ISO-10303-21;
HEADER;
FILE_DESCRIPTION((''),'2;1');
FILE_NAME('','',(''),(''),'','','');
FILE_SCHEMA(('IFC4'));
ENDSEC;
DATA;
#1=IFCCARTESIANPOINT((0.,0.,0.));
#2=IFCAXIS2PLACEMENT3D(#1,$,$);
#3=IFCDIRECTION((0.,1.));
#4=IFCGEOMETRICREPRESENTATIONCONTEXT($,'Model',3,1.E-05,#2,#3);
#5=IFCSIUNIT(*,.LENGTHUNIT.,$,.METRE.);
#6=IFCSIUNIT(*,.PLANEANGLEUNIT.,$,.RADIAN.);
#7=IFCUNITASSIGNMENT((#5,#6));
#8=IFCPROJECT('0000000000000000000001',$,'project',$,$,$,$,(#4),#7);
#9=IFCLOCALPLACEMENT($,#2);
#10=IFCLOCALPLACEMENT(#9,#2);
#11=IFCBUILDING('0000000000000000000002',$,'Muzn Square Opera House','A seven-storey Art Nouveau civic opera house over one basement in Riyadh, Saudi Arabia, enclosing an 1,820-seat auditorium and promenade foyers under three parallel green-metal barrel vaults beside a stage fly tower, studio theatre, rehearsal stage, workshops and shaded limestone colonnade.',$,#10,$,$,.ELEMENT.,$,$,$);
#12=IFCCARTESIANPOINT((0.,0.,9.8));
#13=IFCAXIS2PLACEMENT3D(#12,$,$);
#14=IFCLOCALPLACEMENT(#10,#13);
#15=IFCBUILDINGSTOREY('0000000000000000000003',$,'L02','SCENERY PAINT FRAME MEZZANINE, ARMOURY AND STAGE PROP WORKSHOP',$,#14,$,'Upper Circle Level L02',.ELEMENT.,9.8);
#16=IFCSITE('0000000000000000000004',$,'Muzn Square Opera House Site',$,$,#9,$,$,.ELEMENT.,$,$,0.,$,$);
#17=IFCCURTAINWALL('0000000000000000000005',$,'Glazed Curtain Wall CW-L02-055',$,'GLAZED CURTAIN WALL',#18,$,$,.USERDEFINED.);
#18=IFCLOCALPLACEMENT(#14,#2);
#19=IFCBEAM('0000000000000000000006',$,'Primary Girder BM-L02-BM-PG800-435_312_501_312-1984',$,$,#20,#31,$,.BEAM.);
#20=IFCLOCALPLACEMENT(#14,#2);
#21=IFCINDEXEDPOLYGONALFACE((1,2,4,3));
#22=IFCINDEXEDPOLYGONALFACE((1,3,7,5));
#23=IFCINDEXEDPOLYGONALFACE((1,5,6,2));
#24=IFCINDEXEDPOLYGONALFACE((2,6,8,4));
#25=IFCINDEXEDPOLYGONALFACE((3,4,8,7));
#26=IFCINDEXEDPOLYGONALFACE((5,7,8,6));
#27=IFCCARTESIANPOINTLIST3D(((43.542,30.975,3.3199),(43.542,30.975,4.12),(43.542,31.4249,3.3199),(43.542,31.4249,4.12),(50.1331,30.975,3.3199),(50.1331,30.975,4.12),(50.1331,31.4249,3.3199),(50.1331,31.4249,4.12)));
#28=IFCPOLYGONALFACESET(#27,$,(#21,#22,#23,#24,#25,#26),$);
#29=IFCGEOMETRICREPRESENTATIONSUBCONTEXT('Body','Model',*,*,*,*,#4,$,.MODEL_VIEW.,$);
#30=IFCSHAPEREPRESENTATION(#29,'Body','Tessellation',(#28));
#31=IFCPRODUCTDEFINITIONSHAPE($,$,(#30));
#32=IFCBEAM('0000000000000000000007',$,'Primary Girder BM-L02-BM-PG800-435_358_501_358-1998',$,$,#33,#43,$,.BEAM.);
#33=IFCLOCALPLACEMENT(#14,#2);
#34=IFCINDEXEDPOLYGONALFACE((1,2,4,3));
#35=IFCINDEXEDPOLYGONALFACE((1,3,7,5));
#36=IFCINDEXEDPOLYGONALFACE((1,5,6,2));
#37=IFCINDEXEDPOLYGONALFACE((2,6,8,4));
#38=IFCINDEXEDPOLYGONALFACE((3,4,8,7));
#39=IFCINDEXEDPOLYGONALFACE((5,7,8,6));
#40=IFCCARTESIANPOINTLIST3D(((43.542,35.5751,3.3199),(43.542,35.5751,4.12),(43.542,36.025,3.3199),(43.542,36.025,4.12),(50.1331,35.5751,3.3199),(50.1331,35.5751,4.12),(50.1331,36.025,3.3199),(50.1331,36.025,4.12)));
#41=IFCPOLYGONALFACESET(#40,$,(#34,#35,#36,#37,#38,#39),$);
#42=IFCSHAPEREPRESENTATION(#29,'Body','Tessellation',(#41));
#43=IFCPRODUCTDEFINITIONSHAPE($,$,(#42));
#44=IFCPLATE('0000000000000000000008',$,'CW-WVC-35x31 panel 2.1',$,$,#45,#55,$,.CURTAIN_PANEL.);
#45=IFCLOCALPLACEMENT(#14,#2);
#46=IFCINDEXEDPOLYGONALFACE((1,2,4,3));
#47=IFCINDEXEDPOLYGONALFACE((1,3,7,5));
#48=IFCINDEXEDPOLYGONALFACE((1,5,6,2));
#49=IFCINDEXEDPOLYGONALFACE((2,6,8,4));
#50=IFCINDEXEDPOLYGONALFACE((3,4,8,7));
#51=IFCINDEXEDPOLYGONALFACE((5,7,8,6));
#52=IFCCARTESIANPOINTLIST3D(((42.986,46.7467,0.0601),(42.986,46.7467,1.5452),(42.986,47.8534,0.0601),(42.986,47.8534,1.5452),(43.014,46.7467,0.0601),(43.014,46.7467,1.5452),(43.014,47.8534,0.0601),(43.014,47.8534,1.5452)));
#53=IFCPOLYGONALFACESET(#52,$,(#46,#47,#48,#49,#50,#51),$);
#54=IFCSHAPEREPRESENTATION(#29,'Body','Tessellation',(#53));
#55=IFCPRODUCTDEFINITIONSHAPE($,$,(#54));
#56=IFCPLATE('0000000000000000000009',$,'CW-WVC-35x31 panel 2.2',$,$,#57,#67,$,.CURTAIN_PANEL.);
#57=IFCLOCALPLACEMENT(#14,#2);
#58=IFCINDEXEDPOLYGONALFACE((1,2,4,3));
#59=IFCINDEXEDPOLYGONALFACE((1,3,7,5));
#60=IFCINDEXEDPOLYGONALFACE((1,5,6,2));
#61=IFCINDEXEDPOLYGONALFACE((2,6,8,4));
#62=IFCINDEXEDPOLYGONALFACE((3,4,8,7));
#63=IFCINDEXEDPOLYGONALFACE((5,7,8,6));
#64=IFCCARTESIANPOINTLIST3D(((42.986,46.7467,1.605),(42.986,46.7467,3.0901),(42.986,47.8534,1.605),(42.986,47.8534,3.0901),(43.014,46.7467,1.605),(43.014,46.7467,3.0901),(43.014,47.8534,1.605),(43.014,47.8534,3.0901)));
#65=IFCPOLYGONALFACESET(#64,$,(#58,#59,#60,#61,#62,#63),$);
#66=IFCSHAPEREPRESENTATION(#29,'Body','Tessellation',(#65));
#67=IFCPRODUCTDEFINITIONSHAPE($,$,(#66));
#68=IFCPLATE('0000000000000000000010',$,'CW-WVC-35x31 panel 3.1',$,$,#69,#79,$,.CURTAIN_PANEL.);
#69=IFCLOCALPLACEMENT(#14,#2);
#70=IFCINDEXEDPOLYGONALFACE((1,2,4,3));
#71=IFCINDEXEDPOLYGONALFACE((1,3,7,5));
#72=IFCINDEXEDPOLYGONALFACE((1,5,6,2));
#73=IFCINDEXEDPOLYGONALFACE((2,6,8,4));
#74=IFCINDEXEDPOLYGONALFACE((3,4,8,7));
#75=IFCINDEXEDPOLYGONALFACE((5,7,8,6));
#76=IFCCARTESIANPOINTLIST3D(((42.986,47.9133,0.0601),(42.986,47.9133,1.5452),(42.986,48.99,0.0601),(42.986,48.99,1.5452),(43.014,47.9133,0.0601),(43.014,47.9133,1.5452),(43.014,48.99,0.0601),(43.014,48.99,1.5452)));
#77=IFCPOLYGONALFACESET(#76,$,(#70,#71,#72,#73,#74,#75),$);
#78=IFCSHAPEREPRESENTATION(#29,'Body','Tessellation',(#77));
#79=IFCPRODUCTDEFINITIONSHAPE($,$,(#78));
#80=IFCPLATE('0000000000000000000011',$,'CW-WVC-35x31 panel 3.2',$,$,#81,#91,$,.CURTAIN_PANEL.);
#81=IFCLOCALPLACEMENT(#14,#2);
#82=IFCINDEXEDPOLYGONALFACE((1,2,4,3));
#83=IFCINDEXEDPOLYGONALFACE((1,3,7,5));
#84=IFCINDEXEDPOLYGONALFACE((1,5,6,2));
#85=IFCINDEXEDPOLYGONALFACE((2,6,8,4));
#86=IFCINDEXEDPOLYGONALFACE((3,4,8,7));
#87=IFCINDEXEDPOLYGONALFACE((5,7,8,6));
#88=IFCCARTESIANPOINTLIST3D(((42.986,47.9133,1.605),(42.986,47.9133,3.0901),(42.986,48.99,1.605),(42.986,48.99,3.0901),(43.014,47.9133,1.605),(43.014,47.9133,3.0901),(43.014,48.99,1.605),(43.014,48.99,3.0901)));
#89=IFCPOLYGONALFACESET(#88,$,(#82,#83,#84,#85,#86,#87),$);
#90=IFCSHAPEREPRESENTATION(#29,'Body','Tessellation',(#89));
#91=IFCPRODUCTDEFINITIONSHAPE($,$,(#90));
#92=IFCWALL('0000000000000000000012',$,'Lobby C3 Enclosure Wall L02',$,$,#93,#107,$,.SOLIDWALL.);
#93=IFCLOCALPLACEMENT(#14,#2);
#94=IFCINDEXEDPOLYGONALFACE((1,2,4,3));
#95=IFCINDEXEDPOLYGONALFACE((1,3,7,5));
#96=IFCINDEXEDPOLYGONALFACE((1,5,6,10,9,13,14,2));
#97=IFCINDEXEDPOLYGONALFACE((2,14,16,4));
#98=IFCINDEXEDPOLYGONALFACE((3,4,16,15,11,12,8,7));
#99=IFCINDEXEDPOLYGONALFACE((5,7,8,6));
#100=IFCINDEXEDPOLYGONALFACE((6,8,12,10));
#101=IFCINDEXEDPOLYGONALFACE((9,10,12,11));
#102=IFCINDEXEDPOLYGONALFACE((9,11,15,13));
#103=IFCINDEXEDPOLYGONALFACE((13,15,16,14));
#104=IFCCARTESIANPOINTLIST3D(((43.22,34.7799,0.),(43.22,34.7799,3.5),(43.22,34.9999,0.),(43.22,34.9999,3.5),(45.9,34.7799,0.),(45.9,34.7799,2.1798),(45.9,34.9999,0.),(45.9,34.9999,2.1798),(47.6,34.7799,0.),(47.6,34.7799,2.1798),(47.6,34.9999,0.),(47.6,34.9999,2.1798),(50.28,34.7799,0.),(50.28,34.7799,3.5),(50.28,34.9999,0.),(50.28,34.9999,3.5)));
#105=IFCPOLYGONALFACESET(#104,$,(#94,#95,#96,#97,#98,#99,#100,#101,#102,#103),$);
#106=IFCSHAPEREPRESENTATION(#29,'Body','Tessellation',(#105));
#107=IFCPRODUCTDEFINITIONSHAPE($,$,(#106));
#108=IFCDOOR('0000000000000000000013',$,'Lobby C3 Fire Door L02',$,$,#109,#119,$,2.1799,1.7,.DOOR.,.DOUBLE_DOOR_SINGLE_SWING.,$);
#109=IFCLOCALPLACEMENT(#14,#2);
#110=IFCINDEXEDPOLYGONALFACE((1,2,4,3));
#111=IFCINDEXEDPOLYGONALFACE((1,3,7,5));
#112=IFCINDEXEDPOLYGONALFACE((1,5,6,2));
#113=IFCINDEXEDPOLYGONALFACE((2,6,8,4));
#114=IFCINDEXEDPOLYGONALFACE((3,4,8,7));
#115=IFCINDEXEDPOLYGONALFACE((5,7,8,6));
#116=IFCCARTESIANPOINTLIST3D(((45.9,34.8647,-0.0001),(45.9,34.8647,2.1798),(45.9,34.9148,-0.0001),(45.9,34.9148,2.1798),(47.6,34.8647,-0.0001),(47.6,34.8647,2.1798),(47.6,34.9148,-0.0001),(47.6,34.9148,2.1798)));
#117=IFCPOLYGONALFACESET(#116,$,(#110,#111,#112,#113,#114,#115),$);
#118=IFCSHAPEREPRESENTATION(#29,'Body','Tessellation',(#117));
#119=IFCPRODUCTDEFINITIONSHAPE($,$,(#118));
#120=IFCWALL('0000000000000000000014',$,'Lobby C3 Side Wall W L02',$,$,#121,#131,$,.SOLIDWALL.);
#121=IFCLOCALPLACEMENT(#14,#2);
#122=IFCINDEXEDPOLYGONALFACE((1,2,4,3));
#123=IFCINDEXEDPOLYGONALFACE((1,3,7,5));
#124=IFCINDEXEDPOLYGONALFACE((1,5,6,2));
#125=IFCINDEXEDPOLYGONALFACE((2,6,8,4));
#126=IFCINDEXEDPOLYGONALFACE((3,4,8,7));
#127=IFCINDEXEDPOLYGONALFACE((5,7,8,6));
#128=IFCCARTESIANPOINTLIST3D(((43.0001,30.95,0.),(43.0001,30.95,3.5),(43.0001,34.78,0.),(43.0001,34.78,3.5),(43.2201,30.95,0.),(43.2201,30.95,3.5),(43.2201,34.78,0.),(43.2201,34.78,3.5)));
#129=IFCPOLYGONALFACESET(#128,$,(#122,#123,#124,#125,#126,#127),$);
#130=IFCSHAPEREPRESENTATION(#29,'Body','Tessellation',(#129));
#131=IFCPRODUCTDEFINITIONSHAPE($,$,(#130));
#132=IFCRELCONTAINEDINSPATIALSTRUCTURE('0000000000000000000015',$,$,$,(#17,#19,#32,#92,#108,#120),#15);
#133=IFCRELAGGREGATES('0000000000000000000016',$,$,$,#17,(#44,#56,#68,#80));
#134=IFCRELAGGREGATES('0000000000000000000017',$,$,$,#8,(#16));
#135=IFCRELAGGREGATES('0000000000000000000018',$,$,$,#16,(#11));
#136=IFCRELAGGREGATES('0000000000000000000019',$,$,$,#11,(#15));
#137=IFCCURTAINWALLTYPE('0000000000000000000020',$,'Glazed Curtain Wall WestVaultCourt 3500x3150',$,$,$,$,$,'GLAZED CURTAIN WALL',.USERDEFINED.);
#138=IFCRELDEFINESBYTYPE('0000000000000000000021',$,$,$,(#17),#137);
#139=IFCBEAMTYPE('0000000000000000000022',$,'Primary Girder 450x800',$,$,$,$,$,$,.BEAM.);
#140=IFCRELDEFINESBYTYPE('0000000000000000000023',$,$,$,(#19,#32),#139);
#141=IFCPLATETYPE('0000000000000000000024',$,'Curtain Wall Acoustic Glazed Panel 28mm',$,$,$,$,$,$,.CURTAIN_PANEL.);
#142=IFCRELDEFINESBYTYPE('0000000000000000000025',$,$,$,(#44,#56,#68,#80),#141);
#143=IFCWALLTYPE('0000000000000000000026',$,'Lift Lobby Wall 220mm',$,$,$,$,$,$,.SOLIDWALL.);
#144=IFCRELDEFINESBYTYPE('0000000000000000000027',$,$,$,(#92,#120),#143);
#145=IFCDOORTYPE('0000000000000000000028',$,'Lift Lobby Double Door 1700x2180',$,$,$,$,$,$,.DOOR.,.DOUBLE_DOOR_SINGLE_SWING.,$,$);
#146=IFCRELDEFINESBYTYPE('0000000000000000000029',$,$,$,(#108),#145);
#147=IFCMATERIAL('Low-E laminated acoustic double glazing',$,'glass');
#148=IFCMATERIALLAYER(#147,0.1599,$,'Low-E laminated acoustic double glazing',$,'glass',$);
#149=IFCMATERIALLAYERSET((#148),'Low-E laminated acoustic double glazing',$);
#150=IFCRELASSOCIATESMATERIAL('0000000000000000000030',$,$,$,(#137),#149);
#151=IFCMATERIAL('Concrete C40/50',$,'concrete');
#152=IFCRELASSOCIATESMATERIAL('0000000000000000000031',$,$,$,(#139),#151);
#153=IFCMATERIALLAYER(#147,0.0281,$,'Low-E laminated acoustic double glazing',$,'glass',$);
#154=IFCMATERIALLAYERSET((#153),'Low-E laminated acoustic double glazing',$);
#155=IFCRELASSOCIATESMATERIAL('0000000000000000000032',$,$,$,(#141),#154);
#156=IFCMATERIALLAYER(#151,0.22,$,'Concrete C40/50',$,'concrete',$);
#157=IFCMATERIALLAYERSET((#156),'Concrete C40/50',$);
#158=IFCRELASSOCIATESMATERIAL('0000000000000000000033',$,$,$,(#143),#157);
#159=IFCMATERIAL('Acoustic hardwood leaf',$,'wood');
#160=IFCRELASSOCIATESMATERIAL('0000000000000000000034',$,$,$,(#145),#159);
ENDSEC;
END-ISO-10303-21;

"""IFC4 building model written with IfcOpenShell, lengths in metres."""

from ifc_helpers import new_model, si_unit, direction, frame, frame_2d, origin, origin_2d, place, context, subcontext, project, spatial, rectangle, extrude, material, layer, layer_set, material_profile, profile_set, type_object, element, fill, aggregate, save


model = new_model("IFC4")

# Units and contexts
model_context = context("Model", 3, precision=1e-05, world=origin(), true_north=direction((0.0, 1.0)))
body_context = subcontext(model_context, "Body", "Model", "MODEL_VIEW")
ifc_project = project(units=[si_unit("LENGTHUNIT", "METRE"), si_unit("PLANEANGLEUNIT", "RADIAN")], contexts=[model_context])

# Site, building, storey
site_placement = place(None, origin())
site = spatial("IfcSite", under=ifc_project, at=site_placement, Name="Muzn Square Opera House Site", CompositionType="ELEMENT", RefElevation=0.0)
building_placement = place(site_placement, origin())
building = spatial("IfcBuilding", under=site, at=building_placement, Name="Muzn Square Opera House", Description="A seven-storey Art Nouveau civic opera house over one basement in Riyadh, Saudi Arabia, enclosing an 1,820-seat auditorium and promenade foyers under three parallel green-metal barrel vaults beside a stage fly tower, studio theatre, rehearsal stage, workshops and shaded limestone colonnade.", CompositionType="ELEMENT")
storey_placement = place(building_placement, frame((0.0, 0.0, 9.8)))
storey = spatial("IfcBuildingStorey", under=building, at=storey_placement, Name="L02", Description="SCENERY PAINT FRAME MEZZANINE, ARMOURY AND STAGE PROP WORKSHOP", LongName="Upper Circle Level L02", CompositionType="ELEMENT", Elevation=9.8)

# Curtain wall
ifc_material_1 = material(Name="Low-E laminated acoustic double glazing", Category="glass")
ifc_layer_1 = layer(ifc_material_1, 0.1599, Name="Low-E laminated acoustic double glazing", Category="glass")
ifc_layer_set_1 = layer_set([ifc_layer_1], Name="Low-E laminated acoustic double glazing")
curtain_wall_type = type_object("IfcCurtainWallType", Name="Glazed Curtain Wall WestVaultCourt 3500x3150", ElementType="GLAZED CURTAIN WALL", PredefinedType="USERDEFINED", material=ifc_layer_set_1)
curtain_wall_placement = place(storey_placement, origin())
curtain_wall = element("IfcCurtainWall", 1, at=curtain_wall_placement, inside=storey, type_object=curtain_wall_type, Name="Glazed Curtain Wall CW-L02-055", ObjectType="GLAZED CURTAIN WALL", PredefinedType="USERDEFINED")

# Beams
ifc_material_2 = material(Name="Concrete C40/50", Category="concrete")
ifc_material_profile_1 = material_profile(ifc_material_2, rectangle(XDim=0.45, YDim=0.8, at=origin_2d()), Name="RCB 450x800", Category="concrete")
ifc_profile_set_1 = profile_set([ifc_material_profile_1], Name="Concrete C40/50")
beam_type_1 = type_object("IfcBeamType", Name="Primary Girder 450x800", PredefinedType="BEAM", material=ifc_profile_set_1)
for number, where, z_axis, x_axis, name in (
    (2, (43.542, 31.2, 3.72), (1.0, 0.0, 0.0), (0.0, 1.0, 0.0), "Primary Girder BM-L02-BM-PG800-435_312_501_312-1984"),
    (3, (43.542, 35.8, 3.72), (1.0, 0.0, 0.0), (0.0, 1.0, 0.0), "Primary Girder BM-L02-BM-PG800-435_358_501_358-1998"),
):
    element("IfcBeam", number, at=place(storey_placement, frame(where, z_axis=z_axis, x_axis=x_axis)), inside=storey, type_object=beam_type_1, Name=name, PredefinedType="BEAM", context=body_context, shape_type="SweptSolid", body=[
        extrude(rectangle(XDim=0.45, YDim=0.8, at=origin_2d()), origin(), (0.0, 0.0, 1.0), 6.5911),
    ])

# Plates
ifc_layer_2 = layer(ifc_material_1, 0.0281, Name="Low-E laminated acoustic double glazing", Category="glass")
ifc_layer_set_2 = layer_set([ifc_layer_2], Name="Low-E laminated acoustic double glazing")
plate_type = type_object("IfcPlateType", Name="Curtain Wall Acoustic Glazed Panel 28mm", PredefinedType="CURTAIN_PANEL", material=ifc_layer_set_2)
plate_1_placement = place(storey_placement, frame((43.0, 47.3, 0.0601), z_axis=(0.0, 0.0, 1.0), x_axis=(0.0, 1.0, 0.0)))
plate_1 = element("IfcPlate", 4, at=plate_1_placement, type_object=plate_type, Name="CW-WVC-35x31 panel 2.1", PredefinedType="CURTAIN_PANEL", context=body_context, shape_type="SweptSolid", body=[
    extrude(rectangle(XDim=1.1067, YDim=0.0281, at=origin_2d()), origin(), (0.0, 0.0, 1.0), 1.4851),
])
plate_2_placement = place(storey_placement, frame((43.0, 47.3, 1.605), z_axis=(0.0, 0.0, 1.0), x_axis=(0.0, 1.0, 0.0)))
plate_2 = element("IfcPlate", 5, at=plate_2_placement, type_object=plate_type, Name="CW-WVC-35x31 panel 2.2", PredefinedType="CURTAIN_PANEL", context=body_context, shape_type="SweptSolid", body=[
    extrude(rectangle(XDim=1.1067, YDim=0.0281, at=origin_2d()), origin(), (0.0, 0.0, 1.0), 1.4851),
])
plate_3_placement = place(storey_placement, frame((43.0, 48.4517, 0.0601), z_axis=(0.0, 0.0, 1.0), x_axis=(0.0, 1.0, 0.0)))
plate_3 = element("IfcPlate", 6, at=plate_3_placement, type_object=plate_type, Name="CW-WVC-35x31 panel 3.1", PredefinedType="CURTAIN_PANEL", context=body_context, shape_type="SweptSolid", body=[
    extrude(rectangle(XDim=1.0767, YDim=0.0281, at=origin_2d()), origin(), (0.0, 0.0, 1.0), 1.4851),
])
plate_4_placement = place(storey_placement, frame((43.0, 48.4517, 1.605), z_axis=(0.0, 0.0, 1.0), x_axis=(0.0, 1.0, 0.0)))
plate_4 = element("IfcPlate", 7, at=plate_4_placement, type_object=plate_type, Name="CW-WVC-35x31 panel 3.2", PredefinedType="CURTAIN_PANEL", context=body_context, shape_type="SweptSolid", body=[
    extrude(rectangle(XDim=1.0767, YDim=0.0281, at=origin_2d()), origin(), (0.0, 0.0, 1.0), 1.4851),
])
aggregate(curtain_wall, [plate_1, plate_2, plate_3, plate_4])

# Wall, opening, door
ifc_layer_3 = layer(ifc_material_2, 0.22, Name="Concrete C40/50", Category="concrete")
ifc_layer_set_3 = layer_set([ifc_layer_3], Name="Concrete C40/50")
wall_type = type_object("IfcWallType", Name="Lift Lobby Wall 220mm", PredefinedType="SOLIDWALL", material=ifc_layer_set_3)
wall_1_placement = place(storey_placement, frame((43.22, 34.8899, 0.0), z_axis=(0.0, 0.0, 1.0), x_axis=(1.0, 0.0, 0.0)))
wall_1 = element("IfcWall", 8, at=wall_1_placement, inside=storey, type_object=wall_type, Name="Lobby C3 Enclosure Wall L02", PredefinedType="SOLIDWALL", context=body_context, shape_type="SweptSolid", body=[
    extrude(rectangle(XDim=7.0601, YDim=0.22, at=frame_2d((3.53, 0.0))), origin(), (0.0, 0.0, 1.0), 3.5),
])
opening_placement = place(wall_1_placement, frame((2.6799, 0.0, 0.0)))
opening = element("IfcOpeningElement", 9, at=opening_placement, cuts=wall_1, PredefinedType="OPENING", context=body_context, shape_type="SweptSolid", body=[
    extrude(rectangle(XDim=1.7, YDim=2.1799, at=frame_2d((0.8501, 1.0898))), frame((0.0, 0.1199, 0.0), z_axis=(0.0, -1.0, 0.0), x_axis=(1.0, 0.0, 0.0)), (0.0, 0.0, 1.0), 0.24),
])
ifc_material_3 = material(Name="Acoustic hardwood leaf", Category="wood")
door_type = type_object("IfcDoorType", Name="Lift Lobby Double Door 1700x2180", OperationType="DOUBLE_DOOR_SINGLE_SWING", PredefinedType="DOOR", material=ifc_material_3)
door_placement = place(opening_placement, origin())
door = element("IfcDoor", 10, at=door_placement, inside=storey, type_object=door_type, Name="Lobby C3 Fire Door L02", OperationType="DOUBLE_DOOR_SINGLE_SWING", OverallHeight=2.1799, OverallWidth=1.7, PredefinedType="DOOR", context=body_context, shape_type="SweptSolid", body=[
    extrude(rectangle(XDim=1.7, YDim=2.1799, at=frame_2d((0.8501, 1.0898))), frame((0.0, 0.0249, 0.0), z_axis=(0.0, -1.0, 0.0), x_axis=(1.0, 0.0, 0.0)), (0.0, 0.0, 1.0), 0.05),
])
fill(opening, door)

# Wall
wall_2_placement = place(storey_placement, frame((43.1101, 30.95, 0.0), z_axis=(0.0, 0.0, 1.0), x_axis=(0.0, 1.0, 0.0)))
element("IfcWall", 11, at=wall_2_placement, inside=storey, type_object=wall_type, Name="Lobby C3 Side Wall W L02", PredefinedType="SOLIDWALL", context=body_context, shape_type="SweptSolid", body=[
    extrude(rectangle(XDim=3.8301, YDim=0.22, at=frame_2d((1.915, 0.0))), origin(), (0.0, 0.0, 1.0), 3.5),
])

save(model, "model.ifc")
